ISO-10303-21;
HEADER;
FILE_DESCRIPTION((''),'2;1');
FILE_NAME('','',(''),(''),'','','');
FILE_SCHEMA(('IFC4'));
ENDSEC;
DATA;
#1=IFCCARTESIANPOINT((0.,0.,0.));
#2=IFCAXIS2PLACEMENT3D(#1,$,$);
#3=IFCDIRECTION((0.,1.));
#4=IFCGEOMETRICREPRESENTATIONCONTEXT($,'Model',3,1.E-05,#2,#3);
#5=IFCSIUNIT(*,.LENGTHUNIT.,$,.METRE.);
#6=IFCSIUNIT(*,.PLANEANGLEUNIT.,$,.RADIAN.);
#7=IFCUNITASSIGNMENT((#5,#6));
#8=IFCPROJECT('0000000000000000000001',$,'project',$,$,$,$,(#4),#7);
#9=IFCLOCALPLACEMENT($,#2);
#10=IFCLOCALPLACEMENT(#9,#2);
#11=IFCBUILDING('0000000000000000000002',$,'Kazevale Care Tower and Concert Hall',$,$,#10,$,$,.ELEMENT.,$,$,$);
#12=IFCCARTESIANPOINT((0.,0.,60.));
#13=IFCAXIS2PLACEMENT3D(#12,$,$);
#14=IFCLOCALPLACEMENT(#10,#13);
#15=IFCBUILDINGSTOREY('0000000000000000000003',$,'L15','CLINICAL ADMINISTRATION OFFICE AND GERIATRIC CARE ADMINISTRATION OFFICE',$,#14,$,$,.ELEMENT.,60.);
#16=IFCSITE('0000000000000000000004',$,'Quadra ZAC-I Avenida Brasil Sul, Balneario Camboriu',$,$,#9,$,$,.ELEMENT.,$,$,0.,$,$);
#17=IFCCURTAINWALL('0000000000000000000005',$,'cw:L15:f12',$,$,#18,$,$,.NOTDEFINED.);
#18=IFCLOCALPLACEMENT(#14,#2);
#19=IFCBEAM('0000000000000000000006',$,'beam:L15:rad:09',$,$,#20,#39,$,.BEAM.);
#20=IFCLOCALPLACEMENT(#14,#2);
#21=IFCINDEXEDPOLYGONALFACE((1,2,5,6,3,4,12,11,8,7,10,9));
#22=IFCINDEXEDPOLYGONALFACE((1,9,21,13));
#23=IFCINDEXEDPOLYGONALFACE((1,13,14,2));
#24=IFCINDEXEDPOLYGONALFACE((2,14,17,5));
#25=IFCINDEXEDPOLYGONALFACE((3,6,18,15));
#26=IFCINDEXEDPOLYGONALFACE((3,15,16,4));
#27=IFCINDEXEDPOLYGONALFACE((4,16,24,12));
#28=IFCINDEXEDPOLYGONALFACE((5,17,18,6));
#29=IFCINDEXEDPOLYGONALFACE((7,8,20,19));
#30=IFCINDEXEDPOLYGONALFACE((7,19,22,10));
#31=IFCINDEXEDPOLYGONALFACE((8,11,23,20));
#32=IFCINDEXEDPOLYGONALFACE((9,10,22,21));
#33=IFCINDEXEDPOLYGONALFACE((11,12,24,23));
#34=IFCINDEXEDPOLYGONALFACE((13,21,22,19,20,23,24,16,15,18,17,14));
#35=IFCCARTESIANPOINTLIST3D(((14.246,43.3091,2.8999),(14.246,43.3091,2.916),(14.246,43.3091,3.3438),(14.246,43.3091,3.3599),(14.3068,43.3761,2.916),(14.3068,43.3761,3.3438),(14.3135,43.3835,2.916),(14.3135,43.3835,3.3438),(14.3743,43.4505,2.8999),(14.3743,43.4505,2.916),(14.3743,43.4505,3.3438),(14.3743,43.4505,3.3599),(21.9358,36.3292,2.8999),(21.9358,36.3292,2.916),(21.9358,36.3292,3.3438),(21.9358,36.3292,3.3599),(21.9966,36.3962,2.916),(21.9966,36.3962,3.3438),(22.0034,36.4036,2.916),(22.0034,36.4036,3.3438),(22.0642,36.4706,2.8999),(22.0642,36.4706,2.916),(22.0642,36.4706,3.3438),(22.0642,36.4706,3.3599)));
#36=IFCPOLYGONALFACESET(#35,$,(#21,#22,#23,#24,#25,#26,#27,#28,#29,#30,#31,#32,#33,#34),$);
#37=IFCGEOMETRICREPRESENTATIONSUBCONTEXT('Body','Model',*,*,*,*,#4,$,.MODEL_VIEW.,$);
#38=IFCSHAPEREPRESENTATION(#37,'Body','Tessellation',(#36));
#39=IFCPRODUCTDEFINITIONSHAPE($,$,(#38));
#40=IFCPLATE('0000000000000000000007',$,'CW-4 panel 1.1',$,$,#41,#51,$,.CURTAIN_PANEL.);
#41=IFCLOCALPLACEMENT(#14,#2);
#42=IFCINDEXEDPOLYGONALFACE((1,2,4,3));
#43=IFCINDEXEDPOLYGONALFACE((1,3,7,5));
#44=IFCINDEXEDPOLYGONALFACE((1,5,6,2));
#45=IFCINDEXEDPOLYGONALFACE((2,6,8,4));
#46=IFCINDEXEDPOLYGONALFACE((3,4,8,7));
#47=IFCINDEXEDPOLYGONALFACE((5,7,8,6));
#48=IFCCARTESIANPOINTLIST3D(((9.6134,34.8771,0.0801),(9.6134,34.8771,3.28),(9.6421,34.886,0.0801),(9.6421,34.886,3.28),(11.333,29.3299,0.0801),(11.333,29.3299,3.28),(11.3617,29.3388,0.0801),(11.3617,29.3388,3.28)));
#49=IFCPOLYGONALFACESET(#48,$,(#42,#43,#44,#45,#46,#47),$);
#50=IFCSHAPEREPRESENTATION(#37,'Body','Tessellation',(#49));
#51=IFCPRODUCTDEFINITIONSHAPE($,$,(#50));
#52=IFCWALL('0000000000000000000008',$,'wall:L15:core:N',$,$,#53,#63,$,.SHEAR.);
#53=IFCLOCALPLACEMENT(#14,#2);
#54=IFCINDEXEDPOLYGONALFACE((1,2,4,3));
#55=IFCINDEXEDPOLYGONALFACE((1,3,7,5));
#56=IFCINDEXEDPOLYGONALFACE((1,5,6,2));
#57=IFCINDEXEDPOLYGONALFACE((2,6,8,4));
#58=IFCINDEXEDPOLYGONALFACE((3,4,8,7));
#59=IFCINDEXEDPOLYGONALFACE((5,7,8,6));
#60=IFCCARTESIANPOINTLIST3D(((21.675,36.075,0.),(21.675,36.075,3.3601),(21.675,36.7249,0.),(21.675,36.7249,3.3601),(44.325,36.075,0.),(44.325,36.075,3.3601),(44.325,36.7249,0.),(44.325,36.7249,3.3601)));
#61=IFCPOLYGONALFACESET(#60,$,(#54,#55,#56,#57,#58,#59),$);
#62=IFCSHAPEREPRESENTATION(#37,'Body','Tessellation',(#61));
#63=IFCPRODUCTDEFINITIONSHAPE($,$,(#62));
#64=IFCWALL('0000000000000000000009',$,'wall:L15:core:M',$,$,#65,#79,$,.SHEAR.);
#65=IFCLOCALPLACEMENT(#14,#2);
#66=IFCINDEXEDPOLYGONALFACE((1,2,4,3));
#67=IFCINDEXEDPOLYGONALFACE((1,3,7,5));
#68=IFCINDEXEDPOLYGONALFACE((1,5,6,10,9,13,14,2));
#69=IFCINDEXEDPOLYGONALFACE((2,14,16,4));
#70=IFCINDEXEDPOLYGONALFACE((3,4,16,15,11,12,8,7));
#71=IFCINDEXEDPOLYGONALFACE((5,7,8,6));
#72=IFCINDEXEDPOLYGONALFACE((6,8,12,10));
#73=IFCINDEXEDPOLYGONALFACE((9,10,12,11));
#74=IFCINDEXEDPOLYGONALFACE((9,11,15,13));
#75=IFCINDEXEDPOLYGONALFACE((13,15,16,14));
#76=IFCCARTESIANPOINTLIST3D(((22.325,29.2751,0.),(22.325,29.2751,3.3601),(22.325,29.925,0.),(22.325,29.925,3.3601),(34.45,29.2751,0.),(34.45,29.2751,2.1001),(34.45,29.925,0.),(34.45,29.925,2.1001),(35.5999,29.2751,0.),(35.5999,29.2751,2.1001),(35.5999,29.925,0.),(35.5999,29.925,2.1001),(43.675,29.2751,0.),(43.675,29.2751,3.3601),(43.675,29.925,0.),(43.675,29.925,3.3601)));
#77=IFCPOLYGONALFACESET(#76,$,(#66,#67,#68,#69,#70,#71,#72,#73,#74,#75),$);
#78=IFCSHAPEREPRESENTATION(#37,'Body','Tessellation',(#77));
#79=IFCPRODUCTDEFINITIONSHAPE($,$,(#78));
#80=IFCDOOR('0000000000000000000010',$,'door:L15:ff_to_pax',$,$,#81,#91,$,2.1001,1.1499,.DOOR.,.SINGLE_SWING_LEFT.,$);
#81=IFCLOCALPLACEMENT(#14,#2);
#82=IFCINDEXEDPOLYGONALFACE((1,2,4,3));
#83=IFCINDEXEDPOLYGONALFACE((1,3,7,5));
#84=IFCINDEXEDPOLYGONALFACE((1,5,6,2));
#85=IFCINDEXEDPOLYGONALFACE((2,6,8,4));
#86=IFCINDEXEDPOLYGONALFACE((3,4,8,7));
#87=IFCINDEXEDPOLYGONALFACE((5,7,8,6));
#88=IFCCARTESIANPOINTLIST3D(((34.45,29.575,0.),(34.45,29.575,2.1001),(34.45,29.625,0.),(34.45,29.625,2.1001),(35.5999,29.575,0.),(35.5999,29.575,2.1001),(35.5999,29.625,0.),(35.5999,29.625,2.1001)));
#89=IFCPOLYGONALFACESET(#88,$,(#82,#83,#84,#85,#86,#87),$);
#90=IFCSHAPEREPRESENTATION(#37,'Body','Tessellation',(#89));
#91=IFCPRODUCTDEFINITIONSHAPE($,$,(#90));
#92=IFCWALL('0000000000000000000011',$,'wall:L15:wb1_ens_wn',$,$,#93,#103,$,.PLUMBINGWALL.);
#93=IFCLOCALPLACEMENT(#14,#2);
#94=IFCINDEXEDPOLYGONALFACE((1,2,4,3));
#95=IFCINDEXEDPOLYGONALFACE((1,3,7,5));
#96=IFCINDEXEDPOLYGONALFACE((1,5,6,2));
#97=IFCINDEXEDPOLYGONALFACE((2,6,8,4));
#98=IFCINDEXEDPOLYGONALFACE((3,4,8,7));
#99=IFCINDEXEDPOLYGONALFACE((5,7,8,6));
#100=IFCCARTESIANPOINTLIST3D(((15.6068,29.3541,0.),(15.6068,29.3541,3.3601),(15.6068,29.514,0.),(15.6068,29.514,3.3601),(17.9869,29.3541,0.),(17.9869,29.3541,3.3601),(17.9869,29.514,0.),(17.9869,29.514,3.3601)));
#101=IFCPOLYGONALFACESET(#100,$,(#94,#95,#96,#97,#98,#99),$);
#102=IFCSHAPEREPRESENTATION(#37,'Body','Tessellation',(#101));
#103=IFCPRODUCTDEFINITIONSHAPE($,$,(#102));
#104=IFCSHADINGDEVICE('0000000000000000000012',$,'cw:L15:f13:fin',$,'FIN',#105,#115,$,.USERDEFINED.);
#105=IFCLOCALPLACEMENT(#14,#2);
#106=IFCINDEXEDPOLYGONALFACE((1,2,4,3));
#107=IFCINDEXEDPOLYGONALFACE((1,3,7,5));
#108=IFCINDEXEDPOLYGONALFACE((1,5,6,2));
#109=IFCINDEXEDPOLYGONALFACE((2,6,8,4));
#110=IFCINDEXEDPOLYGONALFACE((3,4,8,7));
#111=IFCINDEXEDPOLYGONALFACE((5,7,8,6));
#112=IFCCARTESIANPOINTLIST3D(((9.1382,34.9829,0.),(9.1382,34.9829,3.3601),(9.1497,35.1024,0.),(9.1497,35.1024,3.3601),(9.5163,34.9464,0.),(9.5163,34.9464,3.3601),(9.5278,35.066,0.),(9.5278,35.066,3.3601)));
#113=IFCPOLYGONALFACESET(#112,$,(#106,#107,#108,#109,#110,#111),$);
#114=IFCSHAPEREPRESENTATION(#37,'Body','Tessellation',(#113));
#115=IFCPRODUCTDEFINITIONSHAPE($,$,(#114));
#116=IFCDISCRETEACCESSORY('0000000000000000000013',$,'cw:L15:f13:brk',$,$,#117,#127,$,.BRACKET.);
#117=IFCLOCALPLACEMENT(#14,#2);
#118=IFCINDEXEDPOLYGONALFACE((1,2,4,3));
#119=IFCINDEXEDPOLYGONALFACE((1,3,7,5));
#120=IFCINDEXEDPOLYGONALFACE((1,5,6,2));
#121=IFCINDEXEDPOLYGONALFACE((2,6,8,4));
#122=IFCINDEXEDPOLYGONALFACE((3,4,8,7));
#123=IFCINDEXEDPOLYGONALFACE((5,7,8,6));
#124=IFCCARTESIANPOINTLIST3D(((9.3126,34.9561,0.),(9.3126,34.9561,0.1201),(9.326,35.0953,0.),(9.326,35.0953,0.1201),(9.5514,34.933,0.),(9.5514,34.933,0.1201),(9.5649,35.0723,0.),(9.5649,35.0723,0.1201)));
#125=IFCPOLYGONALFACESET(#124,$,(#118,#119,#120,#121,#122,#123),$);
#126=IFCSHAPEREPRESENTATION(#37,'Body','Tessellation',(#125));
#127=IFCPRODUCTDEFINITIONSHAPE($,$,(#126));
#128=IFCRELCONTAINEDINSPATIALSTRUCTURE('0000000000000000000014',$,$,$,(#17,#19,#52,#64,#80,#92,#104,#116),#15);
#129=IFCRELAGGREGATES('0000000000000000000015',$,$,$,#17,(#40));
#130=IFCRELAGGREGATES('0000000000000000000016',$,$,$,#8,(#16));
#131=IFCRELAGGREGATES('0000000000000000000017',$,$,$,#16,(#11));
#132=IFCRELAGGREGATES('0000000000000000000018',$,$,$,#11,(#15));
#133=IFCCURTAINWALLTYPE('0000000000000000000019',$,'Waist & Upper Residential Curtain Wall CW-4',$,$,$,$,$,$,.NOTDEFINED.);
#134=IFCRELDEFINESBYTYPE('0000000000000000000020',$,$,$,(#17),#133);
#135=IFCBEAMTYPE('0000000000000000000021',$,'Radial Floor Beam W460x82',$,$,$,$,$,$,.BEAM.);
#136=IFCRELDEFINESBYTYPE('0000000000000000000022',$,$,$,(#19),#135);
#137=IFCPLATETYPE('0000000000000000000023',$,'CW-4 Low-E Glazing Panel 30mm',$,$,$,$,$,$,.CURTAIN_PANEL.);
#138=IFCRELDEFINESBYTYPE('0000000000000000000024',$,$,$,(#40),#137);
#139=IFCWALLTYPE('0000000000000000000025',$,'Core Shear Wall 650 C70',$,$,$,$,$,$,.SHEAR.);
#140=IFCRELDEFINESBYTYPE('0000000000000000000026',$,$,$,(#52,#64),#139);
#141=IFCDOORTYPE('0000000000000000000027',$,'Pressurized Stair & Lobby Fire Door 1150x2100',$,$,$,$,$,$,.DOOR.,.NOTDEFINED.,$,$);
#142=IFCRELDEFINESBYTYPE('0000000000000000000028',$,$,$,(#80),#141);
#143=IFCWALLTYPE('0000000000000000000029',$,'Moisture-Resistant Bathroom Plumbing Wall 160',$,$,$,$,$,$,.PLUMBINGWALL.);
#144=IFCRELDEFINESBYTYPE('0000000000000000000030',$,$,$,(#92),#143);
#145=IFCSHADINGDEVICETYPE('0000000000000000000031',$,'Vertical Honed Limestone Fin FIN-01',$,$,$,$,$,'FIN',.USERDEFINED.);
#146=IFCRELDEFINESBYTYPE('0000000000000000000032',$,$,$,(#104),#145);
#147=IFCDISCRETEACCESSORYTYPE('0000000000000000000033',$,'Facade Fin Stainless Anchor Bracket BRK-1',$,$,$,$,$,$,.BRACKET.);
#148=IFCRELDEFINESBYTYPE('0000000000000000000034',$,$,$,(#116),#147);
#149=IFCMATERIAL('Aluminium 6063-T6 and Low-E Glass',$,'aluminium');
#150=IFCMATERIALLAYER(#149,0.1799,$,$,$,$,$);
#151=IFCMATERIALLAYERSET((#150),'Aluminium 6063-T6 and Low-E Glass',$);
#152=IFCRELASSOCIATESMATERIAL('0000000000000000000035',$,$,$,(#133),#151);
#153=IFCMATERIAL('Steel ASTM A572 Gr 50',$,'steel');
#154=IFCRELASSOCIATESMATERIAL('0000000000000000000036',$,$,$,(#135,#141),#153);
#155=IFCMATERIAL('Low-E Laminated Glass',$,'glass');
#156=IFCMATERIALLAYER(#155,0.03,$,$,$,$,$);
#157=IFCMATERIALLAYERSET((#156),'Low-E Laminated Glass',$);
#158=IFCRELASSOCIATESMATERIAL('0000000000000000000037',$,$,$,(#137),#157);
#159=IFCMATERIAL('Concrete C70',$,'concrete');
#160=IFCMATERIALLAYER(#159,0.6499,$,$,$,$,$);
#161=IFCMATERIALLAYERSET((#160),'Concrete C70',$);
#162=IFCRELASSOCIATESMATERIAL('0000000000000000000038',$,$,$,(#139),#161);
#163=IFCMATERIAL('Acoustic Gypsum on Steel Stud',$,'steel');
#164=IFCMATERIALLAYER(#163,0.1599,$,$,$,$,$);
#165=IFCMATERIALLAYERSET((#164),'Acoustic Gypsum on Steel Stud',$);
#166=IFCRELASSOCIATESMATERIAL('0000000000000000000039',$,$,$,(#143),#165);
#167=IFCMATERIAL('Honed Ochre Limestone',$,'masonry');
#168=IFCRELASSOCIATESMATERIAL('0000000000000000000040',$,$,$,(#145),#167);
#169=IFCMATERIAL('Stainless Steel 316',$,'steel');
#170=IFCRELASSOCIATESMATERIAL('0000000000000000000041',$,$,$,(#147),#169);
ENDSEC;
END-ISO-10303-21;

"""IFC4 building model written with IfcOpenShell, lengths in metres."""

from ifc_helpers import new_model, si_unit, direction, frame, frame_2d, origin, origin_2d, place, context, subcontext, project, spatial, rectangle, i_section, extrude, material, layer, layer_set, material_profile, profile_set, type_object, element, fill, aggregate, save


model = new_model("IFC4")

# Units and contexts
model_context = context("Model", 3, precision=1e-05, world=origin(), true_north=direction((0.0, 1.0)))
body_context = subcontext(model_context, "Body", "Model", "MODEL_VIEW")
ifc_project = project(units=[si_unit("LENGTHUNIT", "METRE"), si_unit("PLANEANGLEUNIT", "RADIAN")], contexts=[model_context])

# Site, building, storey
site_placement = place(None, origin())
site = spatial("IfcSite", under=ifc_project, at=site_placement, Name="Quadra ZAC-I Avenida Brasil Sul, Balneario Camboriu", CompositionType="ELEMENT", RefElevation=0.0)
building_placement = place(site_placement, origin())
building = spatial("IfcBuilding", under=site, at=building_placement, Name="Kazevale Care Tower and Concert Hall", CompositionType="ELEMENT")
storey_placement = place(building_placement, frame((0.0, 0.0, 60.0)))
storey = spatial("IfcBuildingStorey", under=building, at=storey_placement, Name="L15", Description="CLINICAL ADMINISTRATION OFFICE AND GERIATRIC CARE ADMINISTRATION OFFICE", CompositionType="ELEMENT", Elevation=60.0)

# Shared definitions
ifc_material_1 = material(Name="Concrete C70", Category="concrete")

# Curtain wall
ifc_material_2 = material(Name="Aluminium 6063-T6 and Low-E Glass", Category="aluminium")
ifc_layer_1 = layer(ifc_material_2, 0.1799)
ifc_layer_set_1 = layer_set([ifc_layer_1], Name="Aluminium 6063-T6 and Low-E Glass")
curtain_wall_type = type_object("IfcCurtainWallType", Name="Waist & Upper Residential Curtain Wall CW-4", PredefinedType="NOTDEFINED", material=ifc_layer_set_1)
curtain_wall_1_placement = place(storey_placement, origin())
curtain_wall_1 = element("IfcCurtainWall", 1, at=curtain_wall_1_placement, inside=storey, type_object=curtain_wall_type, Name="cw:L15:f12", PredefinedType="NOTDEFINED")

# Beam
ifc_material_3 = material(Name="Steel ASTM A572 Gr 50", Category="steel")
ifc_material_profile_1 = material_profile(ifc_material_3, i_section(OverallWidth=0.1909, OverallDepth=0.46, WebThickness=0.01, FlangeThickness=0.0161, at=origin_2d()), Name="W460x82")
ifc_profile_set_1 = profile_set([ifc_material_profile_1], Name="Steel ASTM A572 Gr 50")
beam_type_1 = type_object("IfcBeamType", Name="Radial Floor Beam W460x82", PredefinedType="BEAM", material=ifc_profile_set_1)
beam_1_placement = place(storey_placement, frame((22.0, 36.3999, 3.1299), z_axis=(-0.740461, 0.672099, 0.0), x_axis=(-0.672099, -0.740461, 0.0)))
element("IfcBeam", 2, at=beam_1_placement, inside=storey, type_object=beam_type_1, Name="beam:L15:rad:09", PredefinedType="BEAM", context=body_context, shape_type="SweptSolid", body=[
    extrude(i_section(OverallWidth=0.1909, OverallDepth=0.46, WebThickness=0.01, FlangeThickness=0.0161, at=origin_2d()), origin(), (0.0, 0.0, 1.0), 10.3853),
])

# Plate
ifc_material_4 = material(Name="Low-E Laminated Glass", Category="glass")
ifc_layer_2 = layer(ifc_material_4, 0.03)
ifc_layer_set_2 = layer_set([ifc_layer_2], Name="Low-E Laminated Glass")
plate_type = type_object("IfcPlateType", Name="CW-4 Low-E Glazing Panel 30mm", PredefinedType="CURTAIN_PANEL", material=ifc_layer_set_2)
plate_placement = place(storey_placement, frame((10.4875, 32.1079, 0.0801), z_axis=(0.0, 0.0, 1.0), x_axis=(-0.296099, 0.955157, 0.0)))
plate = element("IfcPlate", 3, at=plate_placement, type_object=plate_type, Name="CW-4 panel 1.1", PredefinedType="CURTAIN_PANEL", context=body_context, shape_type="SweptSolid", body=[
    extrude(rectangle(XDim=5.8076, YDim=0.03, at=origin_2d()), origin(), (0.0, 0.0, 1.0), 3.2),
])
aggregate(curtain_wall_1, [plate])

# Wall
ifc_layer_3 = layer(ifc_material_1, 0.6499)
ifc_layer_set_3 = layer_set([ifc_layer_3], Name="Concrete C70")
wall_type_1 = type_object("IfcWallType", Name="Core Shear Wall 650 C70", PredefinedType="SHEAR", material=ifc_layer_set_3)
wall_1_placement = place(storey_placement, frame((21.675, 36.3999, 0.0), z_axis=(0.0, 0.0, 1.0), x_axis=(1.0, 0.0, 0.0)))
element("IfcWall", 4, at=wall_1_placement, inside=storey, type_object=wall_type_1, Name="wall:L15:core:N", PredefinedType="SHEAR", context=body_context, shape_type="SweptSolid", body=[
    extrude(rectangle(XDim=22.6499, YDim=0.6499, at=frame_2d((11.325, 0.0))), origin(), (0.0, 0.0, 1.0), 3.3601),
])

# Wall, opening, door
wall_2_placement = place(storey_placement, frame((22.325, 29.6001, 0.0), z_axis=(0.0, 0.0, 1.0), x_axis=(1.0, 0.0, 0.0)))
wall_2 = element("IfcWall", 5, at=wall_2_placement, inside=storey, type_object=wall_type_1, Name="wall:L15:core:M", PredefinedType="SHEAR", context=body_context, shape_type="SweptSolid", body=[
    extrude(rectangle(XDim=21.3501, YDim=0.6499, at=frame_2d((10.675, 0.0))), origin(), (0.0, 0.0, 1.0), 3.3601),
])
opening_placement = place(wall_2_placement, frame((12.125, 0.0, 0.0)))
opening = element("IfcOpeningElement", 6, at=opening_placement, cuts=wall_2, PredefinedType="OPENING", context=body_context, shape_type="SweptSolid", body=[
    extrude(rectangle(XDim=1.1499, YDim=2.1001, at=frame_2d((0.575, 1.05))), frame((0.0, 0.335, 0.0), z_axis=(0.0, -1.0, 0.0), x_axis=(1.0, 0.0, 0.0)), (0.0, 0.0, 1.0), 0.6699),
])
door_type = type_object("IfcDoorType", Name="Pressurized Stair & Lobby Fire Door 1150x2100", OperationType="NOTDEFINED", PredefinedType="DOOR", material=ifc_material_3)
door_placement = place(opening_placement, origin())
door = element("IfcDoor", 7, at=door_placement, inside=storey, type_object=door_type, Name="door:L15:ff_to_pax", OperationType="SINGLE_SWING_LEFT", OverallHeight=2.1001, OverallWidth=1.1499, PredefinedType="DOOR", context=body_context, shape_type="SweptSolid", body=[
    extrude(rectangle(XDim=1.1499, YDim=2.1001, at=frame_2d((0.575, 1.05))), frame((0.0, 0.0249, 0.0), z_axis=(0.0, -1.0, 0.0), x_axis=(1.0, 0.0, 0.0)), (0.0, 0.0, 1.0), 0.05),
])
fill(opening, door)

# Wall
ifc_material_5 = material(Name="Acoustic Gypsum on Steel Stud", Category="steel")
ifc_layer_4 = layer(ifc_material_5, 0.1599)
ifc_layer_set_4 = layer_set([ifc_layer_4], Name="Acoustic Gypsum on Steel Stud")
wall_type_2 = type_object("IfcWallType", Name="Moisture-Resistant Bathroom Plumbing Wall 160", PredefinedType="PLUMBINGWALL", material=ifc_layer_set_4)
wall_3_placement = place(storey_placement, frame((15.6069, 29.4341, 0.0), z_axis=(0.0, 0.0, 1.0), x_axis=(1.0, 0.0, 0.0)))
element("IfcWall", 8, at=wall_3_placement, inside=storey, type_object=wall_type_2, Name="wall:L15:wb1_ens_wn", PredefinedType="PLUMBINGWALL", context=body_context, shape_type="SweptSolid", body=[
    extrude(rectangle(XDim=2.3801, YDim=0.1599, at=frame_2d((1.1899, 0.0))), origin(), (0.0, 0.0, 1.0), 3.3601),
])

# Shading device
ifc_material_6 = material(Name="Honed Ochre Limestone", Category="masonry")
shading_device_type = type_object("IfcShadingDeviceType", Name="Vertical Honed Limestone Fin FIN-01", ElementType="FIN", PredefinedType="USERDEFINED", material=ifc_material_6)
shading_device_placement = place(storey_placement, frame((9.333, 35.0244, 0.0), z_axis=(0.0, 0.0, 1.0), x_axis=(-0.995379, 0.096019, 0.0)))
element("IfcShadingDevice", 9, at=shading_device_placement, inside=storey, type_object=shading_device_type, Name="cw:L15:f13:fin", ObjectType="FIN", PredefinedType="USERDEFINED", context=body_context, shape_type="SweptSolid", body=[
    extrude(rectangle(XDim=0.3799, YDim=0.1201, at=origin_2d()), origin(), (0.0, 0.0, 1.0), 3.3601),
])

# Discrete accessory
ifc_material_7 = material(Name="Stainless Steel 316", Category="steel")
discrete_accessory_type = type_object("IfcDiscreteAccessoryType", Name="Facade Fin Stainless Anchor Bracket BRK-1", PredefinedType="BRACKET", material=ifc_material_7)
discrete_accessory_placement = place(storey_placement, frame((9.4387, 35.0142, 0.0), z_axis=(0.0, 0.0, 1.0), x_axis=(-0.995379, 0.096019, 0.0)))
element("IfcDiscreteAccessory", 10, at=discrete_accessory_placement, inside=storey, type_object=discrete_accessory_type, Name="cw:L15:f13:brk", PredefinedType="BRACKET", context=body_context, shape_type="SweptSolid", body=[
    extrude(rectangle(XDim=0.24, YDim=0.1399, at=origin_2d()), origin(), (0.0, 0.0, 1.0), 0.1201),
])

save(model, "model.ifc")
